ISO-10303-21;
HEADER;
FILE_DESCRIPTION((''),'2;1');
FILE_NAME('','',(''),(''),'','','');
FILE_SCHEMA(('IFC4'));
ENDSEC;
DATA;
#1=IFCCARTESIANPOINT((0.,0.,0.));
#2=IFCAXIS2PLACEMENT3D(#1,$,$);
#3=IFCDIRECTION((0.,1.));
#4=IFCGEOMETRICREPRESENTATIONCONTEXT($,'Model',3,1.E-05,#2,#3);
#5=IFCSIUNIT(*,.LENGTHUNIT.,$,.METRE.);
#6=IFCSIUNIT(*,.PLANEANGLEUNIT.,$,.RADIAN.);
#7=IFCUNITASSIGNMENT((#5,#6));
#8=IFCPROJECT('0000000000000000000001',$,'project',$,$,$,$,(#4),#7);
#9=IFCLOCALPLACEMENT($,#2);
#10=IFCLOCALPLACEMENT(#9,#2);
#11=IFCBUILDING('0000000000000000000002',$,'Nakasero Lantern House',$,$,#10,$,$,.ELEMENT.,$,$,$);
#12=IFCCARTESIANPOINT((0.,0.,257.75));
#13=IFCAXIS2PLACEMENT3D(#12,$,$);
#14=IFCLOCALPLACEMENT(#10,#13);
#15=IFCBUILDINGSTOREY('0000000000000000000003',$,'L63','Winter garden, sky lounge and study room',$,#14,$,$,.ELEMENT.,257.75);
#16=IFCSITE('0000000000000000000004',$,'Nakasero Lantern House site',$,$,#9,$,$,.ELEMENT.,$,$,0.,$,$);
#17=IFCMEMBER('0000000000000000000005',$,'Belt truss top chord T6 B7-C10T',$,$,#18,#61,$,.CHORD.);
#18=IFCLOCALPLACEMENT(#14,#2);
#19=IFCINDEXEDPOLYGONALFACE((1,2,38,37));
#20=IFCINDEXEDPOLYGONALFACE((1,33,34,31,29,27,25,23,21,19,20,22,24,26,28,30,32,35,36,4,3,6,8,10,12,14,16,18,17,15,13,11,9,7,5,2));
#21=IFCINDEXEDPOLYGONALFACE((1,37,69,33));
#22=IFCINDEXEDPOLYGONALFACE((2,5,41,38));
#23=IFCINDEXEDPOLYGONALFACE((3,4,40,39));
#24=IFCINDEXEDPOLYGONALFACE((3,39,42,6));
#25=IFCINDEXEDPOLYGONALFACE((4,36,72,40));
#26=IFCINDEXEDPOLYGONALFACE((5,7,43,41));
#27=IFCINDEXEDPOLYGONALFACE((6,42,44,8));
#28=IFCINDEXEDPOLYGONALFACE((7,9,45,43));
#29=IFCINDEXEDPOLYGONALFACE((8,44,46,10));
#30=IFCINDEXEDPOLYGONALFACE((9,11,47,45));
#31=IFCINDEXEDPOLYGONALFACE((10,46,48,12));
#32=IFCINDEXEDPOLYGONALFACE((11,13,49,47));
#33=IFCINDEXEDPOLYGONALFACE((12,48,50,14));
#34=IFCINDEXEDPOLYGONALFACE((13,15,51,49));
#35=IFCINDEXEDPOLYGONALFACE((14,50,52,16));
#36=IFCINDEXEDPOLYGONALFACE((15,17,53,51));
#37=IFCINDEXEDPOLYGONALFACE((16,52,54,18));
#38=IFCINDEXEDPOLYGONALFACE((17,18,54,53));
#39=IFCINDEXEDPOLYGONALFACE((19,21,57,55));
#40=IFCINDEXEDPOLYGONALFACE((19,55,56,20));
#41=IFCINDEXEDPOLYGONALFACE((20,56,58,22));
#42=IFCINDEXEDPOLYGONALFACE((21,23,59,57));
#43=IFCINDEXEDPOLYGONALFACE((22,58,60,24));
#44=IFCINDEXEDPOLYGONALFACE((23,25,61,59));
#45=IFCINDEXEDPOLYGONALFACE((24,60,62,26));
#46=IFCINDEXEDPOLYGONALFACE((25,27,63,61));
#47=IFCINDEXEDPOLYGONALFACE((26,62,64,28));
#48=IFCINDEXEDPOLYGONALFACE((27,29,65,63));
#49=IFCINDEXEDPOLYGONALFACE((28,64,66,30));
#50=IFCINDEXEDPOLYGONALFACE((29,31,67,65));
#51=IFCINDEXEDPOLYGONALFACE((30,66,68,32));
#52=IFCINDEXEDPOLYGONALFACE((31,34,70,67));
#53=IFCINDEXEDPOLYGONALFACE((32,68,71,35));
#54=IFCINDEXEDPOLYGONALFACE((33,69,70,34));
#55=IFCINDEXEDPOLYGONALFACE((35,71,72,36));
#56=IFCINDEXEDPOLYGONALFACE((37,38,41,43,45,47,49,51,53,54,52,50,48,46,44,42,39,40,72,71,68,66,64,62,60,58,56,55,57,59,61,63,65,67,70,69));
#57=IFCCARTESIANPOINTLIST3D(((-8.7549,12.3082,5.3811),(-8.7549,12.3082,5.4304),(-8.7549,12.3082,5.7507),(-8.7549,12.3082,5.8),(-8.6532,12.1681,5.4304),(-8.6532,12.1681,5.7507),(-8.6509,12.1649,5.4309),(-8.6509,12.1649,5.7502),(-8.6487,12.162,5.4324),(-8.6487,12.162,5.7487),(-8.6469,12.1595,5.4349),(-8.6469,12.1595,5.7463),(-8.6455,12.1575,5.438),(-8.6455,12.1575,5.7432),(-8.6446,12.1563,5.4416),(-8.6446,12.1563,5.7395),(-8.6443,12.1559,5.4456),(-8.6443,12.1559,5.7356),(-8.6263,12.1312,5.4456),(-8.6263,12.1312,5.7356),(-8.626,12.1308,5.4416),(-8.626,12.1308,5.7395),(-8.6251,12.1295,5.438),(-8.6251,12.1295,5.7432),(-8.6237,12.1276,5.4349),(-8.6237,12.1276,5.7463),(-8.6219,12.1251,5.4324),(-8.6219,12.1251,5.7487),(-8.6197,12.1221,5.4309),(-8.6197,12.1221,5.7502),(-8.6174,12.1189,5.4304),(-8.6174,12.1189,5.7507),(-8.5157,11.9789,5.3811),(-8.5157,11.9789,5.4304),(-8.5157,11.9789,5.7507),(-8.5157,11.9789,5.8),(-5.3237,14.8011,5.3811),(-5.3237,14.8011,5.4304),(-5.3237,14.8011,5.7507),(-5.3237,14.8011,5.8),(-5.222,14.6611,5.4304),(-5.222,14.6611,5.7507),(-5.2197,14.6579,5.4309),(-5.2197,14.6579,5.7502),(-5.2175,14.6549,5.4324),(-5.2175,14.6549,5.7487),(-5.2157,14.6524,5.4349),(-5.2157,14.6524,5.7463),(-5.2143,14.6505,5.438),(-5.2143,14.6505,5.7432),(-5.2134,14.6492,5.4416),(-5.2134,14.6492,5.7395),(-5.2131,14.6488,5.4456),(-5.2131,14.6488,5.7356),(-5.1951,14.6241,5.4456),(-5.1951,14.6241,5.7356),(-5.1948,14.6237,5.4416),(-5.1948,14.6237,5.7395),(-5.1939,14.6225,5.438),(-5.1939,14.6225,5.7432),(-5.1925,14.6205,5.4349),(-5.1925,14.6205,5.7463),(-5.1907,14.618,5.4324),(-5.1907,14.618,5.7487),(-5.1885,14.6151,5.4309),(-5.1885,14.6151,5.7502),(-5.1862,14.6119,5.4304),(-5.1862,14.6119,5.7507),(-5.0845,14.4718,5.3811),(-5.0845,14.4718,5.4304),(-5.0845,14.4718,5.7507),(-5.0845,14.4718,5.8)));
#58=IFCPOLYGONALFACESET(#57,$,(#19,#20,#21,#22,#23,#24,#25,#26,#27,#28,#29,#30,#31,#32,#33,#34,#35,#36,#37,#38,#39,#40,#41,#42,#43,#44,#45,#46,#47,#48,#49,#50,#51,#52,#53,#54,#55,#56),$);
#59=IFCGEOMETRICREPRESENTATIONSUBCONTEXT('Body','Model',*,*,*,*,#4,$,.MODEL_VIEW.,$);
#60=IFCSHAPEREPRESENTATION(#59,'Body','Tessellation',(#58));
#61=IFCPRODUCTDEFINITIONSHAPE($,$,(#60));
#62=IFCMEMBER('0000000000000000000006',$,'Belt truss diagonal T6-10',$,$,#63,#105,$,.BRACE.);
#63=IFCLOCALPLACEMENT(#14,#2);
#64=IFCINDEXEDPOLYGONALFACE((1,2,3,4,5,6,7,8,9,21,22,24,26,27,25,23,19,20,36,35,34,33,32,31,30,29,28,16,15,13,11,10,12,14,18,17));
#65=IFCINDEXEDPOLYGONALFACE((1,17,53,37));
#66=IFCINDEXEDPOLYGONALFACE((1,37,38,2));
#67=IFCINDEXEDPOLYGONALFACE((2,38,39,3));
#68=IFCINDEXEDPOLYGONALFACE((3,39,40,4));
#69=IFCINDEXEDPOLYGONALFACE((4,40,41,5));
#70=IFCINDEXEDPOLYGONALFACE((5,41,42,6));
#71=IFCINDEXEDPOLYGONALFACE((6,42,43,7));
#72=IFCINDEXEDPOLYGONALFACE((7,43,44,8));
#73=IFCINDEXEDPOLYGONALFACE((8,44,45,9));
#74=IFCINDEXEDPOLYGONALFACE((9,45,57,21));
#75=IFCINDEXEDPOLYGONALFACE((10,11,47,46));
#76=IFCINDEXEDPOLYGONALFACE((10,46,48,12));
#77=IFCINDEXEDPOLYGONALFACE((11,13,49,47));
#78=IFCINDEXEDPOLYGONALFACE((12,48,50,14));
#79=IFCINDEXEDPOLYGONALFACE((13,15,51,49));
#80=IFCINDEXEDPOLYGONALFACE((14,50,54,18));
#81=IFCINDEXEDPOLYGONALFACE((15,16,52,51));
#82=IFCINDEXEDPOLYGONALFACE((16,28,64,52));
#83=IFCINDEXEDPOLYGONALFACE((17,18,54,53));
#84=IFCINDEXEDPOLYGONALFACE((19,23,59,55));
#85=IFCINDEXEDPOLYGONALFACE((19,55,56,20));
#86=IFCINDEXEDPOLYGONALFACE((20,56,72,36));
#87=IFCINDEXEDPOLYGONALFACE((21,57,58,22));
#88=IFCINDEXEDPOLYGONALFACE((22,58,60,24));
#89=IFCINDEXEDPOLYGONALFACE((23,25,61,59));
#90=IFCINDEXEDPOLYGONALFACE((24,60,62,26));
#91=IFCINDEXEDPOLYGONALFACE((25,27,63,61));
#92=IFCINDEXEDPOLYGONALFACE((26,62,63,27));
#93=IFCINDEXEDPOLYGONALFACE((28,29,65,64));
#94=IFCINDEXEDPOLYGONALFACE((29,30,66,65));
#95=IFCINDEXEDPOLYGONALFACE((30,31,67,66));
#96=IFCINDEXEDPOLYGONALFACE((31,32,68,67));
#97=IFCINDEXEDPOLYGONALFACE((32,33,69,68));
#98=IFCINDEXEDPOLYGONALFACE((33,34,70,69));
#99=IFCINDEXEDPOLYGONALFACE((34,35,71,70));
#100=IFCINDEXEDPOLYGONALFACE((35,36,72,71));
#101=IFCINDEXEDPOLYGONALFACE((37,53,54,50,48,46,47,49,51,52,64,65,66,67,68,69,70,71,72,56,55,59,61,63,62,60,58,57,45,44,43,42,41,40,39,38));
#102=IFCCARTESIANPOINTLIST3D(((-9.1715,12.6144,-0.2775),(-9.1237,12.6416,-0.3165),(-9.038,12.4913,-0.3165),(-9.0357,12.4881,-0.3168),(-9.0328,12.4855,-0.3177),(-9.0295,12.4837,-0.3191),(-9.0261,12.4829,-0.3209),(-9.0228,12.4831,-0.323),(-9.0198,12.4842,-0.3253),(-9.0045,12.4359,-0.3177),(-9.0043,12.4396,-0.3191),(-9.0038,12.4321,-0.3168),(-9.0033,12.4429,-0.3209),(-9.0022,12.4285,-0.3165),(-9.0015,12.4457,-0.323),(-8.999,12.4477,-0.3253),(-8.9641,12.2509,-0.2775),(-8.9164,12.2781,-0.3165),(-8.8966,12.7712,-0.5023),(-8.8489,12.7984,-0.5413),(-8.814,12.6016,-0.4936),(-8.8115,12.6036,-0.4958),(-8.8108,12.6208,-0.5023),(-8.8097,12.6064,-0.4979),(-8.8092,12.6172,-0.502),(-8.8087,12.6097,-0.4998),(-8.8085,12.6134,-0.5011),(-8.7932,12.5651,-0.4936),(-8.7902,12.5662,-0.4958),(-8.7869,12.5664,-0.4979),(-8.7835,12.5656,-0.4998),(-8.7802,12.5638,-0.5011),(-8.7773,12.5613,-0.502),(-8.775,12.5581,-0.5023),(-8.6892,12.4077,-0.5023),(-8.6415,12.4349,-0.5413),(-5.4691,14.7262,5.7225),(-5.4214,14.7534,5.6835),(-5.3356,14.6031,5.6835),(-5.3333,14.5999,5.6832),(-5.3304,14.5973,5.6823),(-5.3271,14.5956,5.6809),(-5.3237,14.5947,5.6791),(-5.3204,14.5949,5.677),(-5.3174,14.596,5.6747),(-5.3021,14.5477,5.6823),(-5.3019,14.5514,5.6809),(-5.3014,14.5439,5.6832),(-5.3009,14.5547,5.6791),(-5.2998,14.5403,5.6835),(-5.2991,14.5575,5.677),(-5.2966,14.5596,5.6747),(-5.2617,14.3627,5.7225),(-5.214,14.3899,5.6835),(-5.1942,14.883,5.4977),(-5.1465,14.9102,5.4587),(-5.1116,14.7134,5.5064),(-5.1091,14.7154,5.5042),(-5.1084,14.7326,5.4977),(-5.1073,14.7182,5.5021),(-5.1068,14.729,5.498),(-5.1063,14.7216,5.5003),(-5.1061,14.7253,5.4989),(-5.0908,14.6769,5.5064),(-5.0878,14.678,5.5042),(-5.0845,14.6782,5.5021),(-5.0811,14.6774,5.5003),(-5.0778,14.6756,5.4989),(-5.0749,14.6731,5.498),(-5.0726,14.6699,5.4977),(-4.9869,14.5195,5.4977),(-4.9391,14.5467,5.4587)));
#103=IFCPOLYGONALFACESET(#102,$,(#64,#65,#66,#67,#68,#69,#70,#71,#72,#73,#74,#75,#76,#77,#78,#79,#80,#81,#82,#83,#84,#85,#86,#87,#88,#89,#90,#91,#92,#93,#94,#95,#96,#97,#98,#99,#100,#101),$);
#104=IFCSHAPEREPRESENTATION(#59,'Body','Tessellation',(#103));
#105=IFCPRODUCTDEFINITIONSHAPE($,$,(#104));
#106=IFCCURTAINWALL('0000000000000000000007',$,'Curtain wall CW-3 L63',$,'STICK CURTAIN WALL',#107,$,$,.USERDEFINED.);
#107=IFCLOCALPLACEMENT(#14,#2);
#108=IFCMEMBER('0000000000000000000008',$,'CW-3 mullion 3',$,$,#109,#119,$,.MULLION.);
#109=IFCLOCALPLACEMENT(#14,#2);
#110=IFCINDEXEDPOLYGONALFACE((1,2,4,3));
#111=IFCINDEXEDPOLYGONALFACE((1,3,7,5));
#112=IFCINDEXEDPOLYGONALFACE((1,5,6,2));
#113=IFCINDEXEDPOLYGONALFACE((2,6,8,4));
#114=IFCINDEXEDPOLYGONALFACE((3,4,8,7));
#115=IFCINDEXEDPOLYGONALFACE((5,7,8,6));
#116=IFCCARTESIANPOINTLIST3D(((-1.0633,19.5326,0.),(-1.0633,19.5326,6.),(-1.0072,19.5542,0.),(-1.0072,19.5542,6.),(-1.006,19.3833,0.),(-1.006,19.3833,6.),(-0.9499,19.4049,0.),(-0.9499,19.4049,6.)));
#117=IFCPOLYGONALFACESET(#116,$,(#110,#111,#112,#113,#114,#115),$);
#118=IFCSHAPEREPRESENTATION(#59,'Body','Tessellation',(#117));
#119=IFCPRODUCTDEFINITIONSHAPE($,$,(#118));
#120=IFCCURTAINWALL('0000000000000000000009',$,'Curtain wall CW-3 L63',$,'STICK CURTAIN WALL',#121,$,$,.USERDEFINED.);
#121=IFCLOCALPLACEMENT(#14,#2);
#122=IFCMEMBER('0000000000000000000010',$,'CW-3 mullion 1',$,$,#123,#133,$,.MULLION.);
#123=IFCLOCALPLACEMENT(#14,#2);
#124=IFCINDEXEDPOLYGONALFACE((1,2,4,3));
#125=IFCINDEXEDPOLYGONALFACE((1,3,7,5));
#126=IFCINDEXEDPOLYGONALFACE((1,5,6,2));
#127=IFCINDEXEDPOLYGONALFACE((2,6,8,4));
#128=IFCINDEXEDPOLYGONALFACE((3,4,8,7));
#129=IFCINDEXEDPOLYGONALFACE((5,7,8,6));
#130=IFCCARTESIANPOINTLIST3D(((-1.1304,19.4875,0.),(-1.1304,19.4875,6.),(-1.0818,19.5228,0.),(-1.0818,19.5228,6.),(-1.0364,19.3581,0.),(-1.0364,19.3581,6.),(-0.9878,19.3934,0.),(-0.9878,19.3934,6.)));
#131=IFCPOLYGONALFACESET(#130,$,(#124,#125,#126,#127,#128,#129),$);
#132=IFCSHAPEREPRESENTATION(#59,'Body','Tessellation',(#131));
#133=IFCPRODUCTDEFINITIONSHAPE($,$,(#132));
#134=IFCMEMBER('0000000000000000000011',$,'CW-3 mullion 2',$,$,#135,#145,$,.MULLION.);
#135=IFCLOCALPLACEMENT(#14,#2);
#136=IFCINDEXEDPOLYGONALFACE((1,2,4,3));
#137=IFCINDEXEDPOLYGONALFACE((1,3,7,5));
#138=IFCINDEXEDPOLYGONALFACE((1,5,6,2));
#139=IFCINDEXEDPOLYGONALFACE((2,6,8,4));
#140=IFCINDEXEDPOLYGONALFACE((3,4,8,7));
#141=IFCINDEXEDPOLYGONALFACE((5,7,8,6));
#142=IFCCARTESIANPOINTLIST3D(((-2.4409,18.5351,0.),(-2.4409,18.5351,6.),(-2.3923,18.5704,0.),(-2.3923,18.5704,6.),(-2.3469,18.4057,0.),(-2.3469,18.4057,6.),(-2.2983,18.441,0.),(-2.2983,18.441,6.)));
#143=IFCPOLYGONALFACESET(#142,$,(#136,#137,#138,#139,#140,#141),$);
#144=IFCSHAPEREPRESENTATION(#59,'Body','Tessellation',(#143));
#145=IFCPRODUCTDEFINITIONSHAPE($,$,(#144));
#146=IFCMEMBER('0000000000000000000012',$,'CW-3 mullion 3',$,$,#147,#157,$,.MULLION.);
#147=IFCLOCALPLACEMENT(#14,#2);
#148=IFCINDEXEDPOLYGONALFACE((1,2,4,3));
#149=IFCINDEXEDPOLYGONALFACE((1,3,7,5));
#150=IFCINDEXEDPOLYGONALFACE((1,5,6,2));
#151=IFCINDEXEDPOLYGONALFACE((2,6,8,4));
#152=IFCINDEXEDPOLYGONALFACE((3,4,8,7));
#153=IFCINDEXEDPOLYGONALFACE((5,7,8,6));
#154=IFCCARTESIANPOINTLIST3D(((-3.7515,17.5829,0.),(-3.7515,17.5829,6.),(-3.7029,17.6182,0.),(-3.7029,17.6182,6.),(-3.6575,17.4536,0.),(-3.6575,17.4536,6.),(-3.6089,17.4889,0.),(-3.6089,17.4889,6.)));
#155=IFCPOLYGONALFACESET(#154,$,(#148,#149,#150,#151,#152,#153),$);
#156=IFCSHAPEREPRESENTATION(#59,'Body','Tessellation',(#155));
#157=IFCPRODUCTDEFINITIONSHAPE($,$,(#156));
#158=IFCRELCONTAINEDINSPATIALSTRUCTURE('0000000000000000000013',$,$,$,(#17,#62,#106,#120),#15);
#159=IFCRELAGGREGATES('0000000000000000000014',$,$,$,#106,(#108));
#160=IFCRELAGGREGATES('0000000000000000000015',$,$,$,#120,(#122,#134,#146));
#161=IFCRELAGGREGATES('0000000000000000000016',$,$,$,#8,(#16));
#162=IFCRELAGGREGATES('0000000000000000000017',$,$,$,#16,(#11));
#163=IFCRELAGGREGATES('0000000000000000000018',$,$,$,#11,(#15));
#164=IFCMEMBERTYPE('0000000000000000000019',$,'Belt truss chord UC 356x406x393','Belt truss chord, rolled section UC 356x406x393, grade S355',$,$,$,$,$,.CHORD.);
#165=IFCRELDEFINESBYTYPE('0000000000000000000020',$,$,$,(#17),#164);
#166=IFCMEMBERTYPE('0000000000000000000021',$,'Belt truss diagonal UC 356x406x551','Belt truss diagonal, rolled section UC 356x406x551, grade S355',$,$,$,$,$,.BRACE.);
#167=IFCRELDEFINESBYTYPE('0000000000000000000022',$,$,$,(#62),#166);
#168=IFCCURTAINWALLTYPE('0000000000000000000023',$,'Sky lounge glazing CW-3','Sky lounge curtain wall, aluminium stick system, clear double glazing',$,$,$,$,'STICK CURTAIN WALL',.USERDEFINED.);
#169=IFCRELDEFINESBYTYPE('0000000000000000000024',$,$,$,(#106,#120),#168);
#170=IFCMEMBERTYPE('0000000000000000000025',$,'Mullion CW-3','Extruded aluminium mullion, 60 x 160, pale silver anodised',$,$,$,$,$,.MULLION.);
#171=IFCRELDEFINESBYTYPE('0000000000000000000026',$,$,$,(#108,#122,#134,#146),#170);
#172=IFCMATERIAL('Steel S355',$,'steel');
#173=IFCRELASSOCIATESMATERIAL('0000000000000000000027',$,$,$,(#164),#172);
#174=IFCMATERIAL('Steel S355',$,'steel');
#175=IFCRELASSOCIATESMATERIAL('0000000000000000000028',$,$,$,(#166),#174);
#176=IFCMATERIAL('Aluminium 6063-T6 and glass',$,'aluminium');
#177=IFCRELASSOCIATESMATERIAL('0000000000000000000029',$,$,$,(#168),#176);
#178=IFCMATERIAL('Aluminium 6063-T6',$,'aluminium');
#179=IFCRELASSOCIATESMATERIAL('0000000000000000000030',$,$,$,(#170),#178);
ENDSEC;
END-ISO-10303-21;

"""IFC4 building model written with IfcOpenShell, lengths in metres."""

from ifc_helpers import new_model, si_unit, direction, frame, origin, origin_2d, place, context, subcontext, project, spatial, rectangle, i_section, extrude, material, material_profile, profile_set, type_object, element, aggregate, save


model = new_model("IFC4")

# Units and contexts
model_context = context("Model", 3, precision=1e-05, world=origin(), true_north=direction((0.0, 1.0)))
body_context = subcontext(model_context, "Body", "Model", "MODEL_VIEW")
ifc_project = project(units=[si_unit("LENGTHUNIT", "METRE"), si_unit("PLANEANGLEUNIT", "RADIAN")], contexts=[model_context])

# Site, building, storey
site_placement = place(None, origin())
site = spatial("IfcSite", under=ifc_project, at=site_placement, Name="Nakasero Lantern House site", CompositionType="ELEMENT", RefElevation=0.0)
building_placement = place(site_placement, origin())
building = spatial("IfcBuilding", under=site, at=building_placement, Name="Nakasero Lantern House", CompositionType="ELEMENT")
storey_placement = place(building_placement, frame((0.0, 0.0, 257.75)))
storey = spatial("IfcBuildingStorey", under=building, at=storey_placement, Name="L63", Description="Winter garden, sky lounge and study room", CompositionType="ELEMENT", Elevation=257.75)

# Members
ifc_material_1 = material(Name="Steel S355", Category="steel")
ifc_material_profile_1 = material_profile(ifc_material_1, i_section(OverallWidth=0.407, OverallDepth=0.4189, WebThickness=0.0305, FlangeThickness=0.0493, FilletRadius=0.0151, at=origin_2d()), Name="UC 356x406x393")
ifc_profile_set_1 = profile_set([ifc_material_profile_1], Name="Steel S355")
member_type_1 = type_object("IfcMemberType", Name="Belt truss chord UC 356x406x393", Description="Belt truss chord, rolled section UC 356x406x393, grade S355", PredefinedType="CHORD", material=ifc_profile_set_1)
member_1_placement = place(storey_placement, frame((-5.2041, 14.6365, 5.5906), z_axis=(-0.809012, -0.587792, 0.0), x_axis=(0.587792, -0.809012, 0.0)))
element("IfcMember", 1, at=member_1_placement, inside=storey, type_object=member_type_1, Name="Belt truss top chord T6 B7-C10T", PredefinedType="CHORD", context=body_context, shape_type="SweptSolid", body=[
    extrude(i_section(OverallWidth=0.407, OverallDepth=0.4189, WebThickness=0.0305, FlangeThickness=0.0493, FilletRadius=0.0151, at=origin_2d()), origin(), (0.0, 0.0, 1.0), 4.2412),
])
ifc_material_2 = material(Name="Steel S355", Category="steel")
ifc_material_profile_2 = material_profile(ifc_material_2, i_section(OverallWidth=0.4185, OverallDepth=0.4556, WebThickness=0.042, FlangeThickness=0.0674, FilletRadius=0.0151, at=origin_2d()), Name="UC 356x406x551")
ifc_profile_set_2 = profile_set([ifc_material_profile_2], Name="Steel S355")
member_type_2 = type_object("IfcMemberType", Name="Belt truss diagonal UC 356x406x551", Description="Belt truss diagonal, rolled section UC 356x406x551, grade S355", PredefinedType="BRACE", material=ifc_profile_set_2)
member_2_placement = place(storey_placement, frame((-5.2041, 14.6365, 5.5906), z_axis=(-0.503052, -0.286937, -0.815233), x_axis=(0.49546, -0.868631, 0.0)))
element("IfcMember", 2, at=member_2_placement, inside=storey, type_object=member_type_2, Name="Belt truss diagonal T6-10", PredefinedType="BRACE", context=body_context, shape_type="SweptSolid", body=[
    extrude(i_section(OverallWidth=0.4185, OverallDepth=0.4556, WebThickness=0.042, FlangeThickness=0.0674, FilletRadius=0.0151, at=origin_2d()), origin(), (0.0, 0.0, 1.0), 7.3599),
])

# Curtain wall, member
ifc_material_3 = material(Name="Aluminium 6063-T6 and glass", Category="aluminium")
curtain_wall_type = type_object("IfcCurtainWallType", Name="Sky lounge glazing CW-3", Description="Sky lounge curtain wall, aluminium stick system, clear double glazing", ElementType="STICK CURTAIN WALL", PredefinedType="USERDEFINED", material=ifc_material_3)
curtain_wall_1_placement = place(storey_placement, origin())
curtain_wall_1 = element("IfcCurtainWall", 3, at=curtain_wall_1_placement, inside=storey, type_object=curtain_wall_type, Name="Curtain wall CW-3 L63", ObjectType="STICK CURTAIN WALL", PredefinedType="USERDEFINED")
ifc_material_4 = material(Name="Aluminium 6063-T6", Category="aluminium")
ifc_material_profile_3 = material_profile(ifc_material_4, rectangle(XDim=0.0601, YDim=0.1599, at=origin_2d()), Name="CW-3 mullion 60x160")
ifc_profile_set_3 = profile_set([ifc_material_profile_3], Name="Aluminium 6063-T6")
member_type_3 = type_object("IfcMemberType", Name="Mullion CW-3", Description="Extruded aluminium mullion, 60 x 160, pale silver anodised", PredefinedType="MULLION", material=ifc_profile_set_3)
member_3_placement = place(storey_placement, frame((-1.0066, 19.4688, 0.0), z_axis=(0.0, 0.0, 1.0), x_axis=(-0.93358, -0.358368, 0.0)))
member_3 = element("IfcMember", 4, at=member_3_placement, type_object=member_type_3, Name="CW-3 mullion 3", PredefinedType="MULLION", context=body_context, shape_type="SweptSolid", body=[
    extrude(rectangle(XDim=0.0601, YDim=0.1599, at=origin_2d()), origin(), (0.0, 0.0, 1.0), 6.0),
])

# Curtain wall, members
curtain_wall_2_placement = place(storey_placement, origin())
curtain_wall_2 = element("IfcCurtainWall", 5, at=curtain_wall_2_placement, inside=storey, type_object=curtain_wall_type, Name="Curtain wall CW-3 L63", ObjectType="STICK CURTAIN WALL", PredefinedType="USERDEFINED")
member_4_placement = place(storey_placement, frame((-1.0591, 19.4404, 0.0), z_axis=(0.0, 0.0, 1.0), x_axis=(-0.809017, -0.587785, 0.0)))
member_4 = element("IfcMember", 6, at=member_4_placement, type_object=member_type_3, Name="CW-3 mullion 1", PredefinedType="MULLION", context=body_context, shape_type="SweptSolid", body=[
    extrude(rectangle(XDim=0.0601, YDim=0.1599, at=origin_2d()), origin(), (0.0, 0.0, 1.0), 6.0),
])
member_5_placement = place(storey_placement, frame((-2.3696, 18.488, 0.0), z_axis=(0.0, 0.0, 1.0), x_axis=(-0.809017, -0.587785, 0.0)))
member_5 = element("IfcMember", 7, at=member_5_placement, type_object=member_type_3, Name="CW-3 mullion 2", PredefinedType="MULLION", context=body_context, shape_type="SweptSolid", body=[
    extrude(rectangle(XDim=0.0601, YDim=0.1599, at=origin_2d()), origin(), (0.0, 0.0, 1.0), 6.0),
])
member_6_placement = place(storey_placement, frame((-3.6802, 17.5359, 0.0), z_axis=(0.0, 0.0, 1.0), x_axis=(-0.809017, -0.587785, 0.0)))
member_6 = element("IfcMember", 8, at=member_6_placement, type_object=member_type_3, Name="CW-3 mullion 3", PredefinedType="MULLION", context=body_context, shape_type="SweptSolid", body=[
    extrude(rectangle(XDim=0.0601, YDim=0.1599, at=origin_2d()), origin(), (0.0, 0.0, 1.0), 6.0),
])

aggregate(curtain_wall_1, [member_3])
aggregate(curtain_wall_2, [member_4, member_5, member_6])

save(model, "model.ifc")
